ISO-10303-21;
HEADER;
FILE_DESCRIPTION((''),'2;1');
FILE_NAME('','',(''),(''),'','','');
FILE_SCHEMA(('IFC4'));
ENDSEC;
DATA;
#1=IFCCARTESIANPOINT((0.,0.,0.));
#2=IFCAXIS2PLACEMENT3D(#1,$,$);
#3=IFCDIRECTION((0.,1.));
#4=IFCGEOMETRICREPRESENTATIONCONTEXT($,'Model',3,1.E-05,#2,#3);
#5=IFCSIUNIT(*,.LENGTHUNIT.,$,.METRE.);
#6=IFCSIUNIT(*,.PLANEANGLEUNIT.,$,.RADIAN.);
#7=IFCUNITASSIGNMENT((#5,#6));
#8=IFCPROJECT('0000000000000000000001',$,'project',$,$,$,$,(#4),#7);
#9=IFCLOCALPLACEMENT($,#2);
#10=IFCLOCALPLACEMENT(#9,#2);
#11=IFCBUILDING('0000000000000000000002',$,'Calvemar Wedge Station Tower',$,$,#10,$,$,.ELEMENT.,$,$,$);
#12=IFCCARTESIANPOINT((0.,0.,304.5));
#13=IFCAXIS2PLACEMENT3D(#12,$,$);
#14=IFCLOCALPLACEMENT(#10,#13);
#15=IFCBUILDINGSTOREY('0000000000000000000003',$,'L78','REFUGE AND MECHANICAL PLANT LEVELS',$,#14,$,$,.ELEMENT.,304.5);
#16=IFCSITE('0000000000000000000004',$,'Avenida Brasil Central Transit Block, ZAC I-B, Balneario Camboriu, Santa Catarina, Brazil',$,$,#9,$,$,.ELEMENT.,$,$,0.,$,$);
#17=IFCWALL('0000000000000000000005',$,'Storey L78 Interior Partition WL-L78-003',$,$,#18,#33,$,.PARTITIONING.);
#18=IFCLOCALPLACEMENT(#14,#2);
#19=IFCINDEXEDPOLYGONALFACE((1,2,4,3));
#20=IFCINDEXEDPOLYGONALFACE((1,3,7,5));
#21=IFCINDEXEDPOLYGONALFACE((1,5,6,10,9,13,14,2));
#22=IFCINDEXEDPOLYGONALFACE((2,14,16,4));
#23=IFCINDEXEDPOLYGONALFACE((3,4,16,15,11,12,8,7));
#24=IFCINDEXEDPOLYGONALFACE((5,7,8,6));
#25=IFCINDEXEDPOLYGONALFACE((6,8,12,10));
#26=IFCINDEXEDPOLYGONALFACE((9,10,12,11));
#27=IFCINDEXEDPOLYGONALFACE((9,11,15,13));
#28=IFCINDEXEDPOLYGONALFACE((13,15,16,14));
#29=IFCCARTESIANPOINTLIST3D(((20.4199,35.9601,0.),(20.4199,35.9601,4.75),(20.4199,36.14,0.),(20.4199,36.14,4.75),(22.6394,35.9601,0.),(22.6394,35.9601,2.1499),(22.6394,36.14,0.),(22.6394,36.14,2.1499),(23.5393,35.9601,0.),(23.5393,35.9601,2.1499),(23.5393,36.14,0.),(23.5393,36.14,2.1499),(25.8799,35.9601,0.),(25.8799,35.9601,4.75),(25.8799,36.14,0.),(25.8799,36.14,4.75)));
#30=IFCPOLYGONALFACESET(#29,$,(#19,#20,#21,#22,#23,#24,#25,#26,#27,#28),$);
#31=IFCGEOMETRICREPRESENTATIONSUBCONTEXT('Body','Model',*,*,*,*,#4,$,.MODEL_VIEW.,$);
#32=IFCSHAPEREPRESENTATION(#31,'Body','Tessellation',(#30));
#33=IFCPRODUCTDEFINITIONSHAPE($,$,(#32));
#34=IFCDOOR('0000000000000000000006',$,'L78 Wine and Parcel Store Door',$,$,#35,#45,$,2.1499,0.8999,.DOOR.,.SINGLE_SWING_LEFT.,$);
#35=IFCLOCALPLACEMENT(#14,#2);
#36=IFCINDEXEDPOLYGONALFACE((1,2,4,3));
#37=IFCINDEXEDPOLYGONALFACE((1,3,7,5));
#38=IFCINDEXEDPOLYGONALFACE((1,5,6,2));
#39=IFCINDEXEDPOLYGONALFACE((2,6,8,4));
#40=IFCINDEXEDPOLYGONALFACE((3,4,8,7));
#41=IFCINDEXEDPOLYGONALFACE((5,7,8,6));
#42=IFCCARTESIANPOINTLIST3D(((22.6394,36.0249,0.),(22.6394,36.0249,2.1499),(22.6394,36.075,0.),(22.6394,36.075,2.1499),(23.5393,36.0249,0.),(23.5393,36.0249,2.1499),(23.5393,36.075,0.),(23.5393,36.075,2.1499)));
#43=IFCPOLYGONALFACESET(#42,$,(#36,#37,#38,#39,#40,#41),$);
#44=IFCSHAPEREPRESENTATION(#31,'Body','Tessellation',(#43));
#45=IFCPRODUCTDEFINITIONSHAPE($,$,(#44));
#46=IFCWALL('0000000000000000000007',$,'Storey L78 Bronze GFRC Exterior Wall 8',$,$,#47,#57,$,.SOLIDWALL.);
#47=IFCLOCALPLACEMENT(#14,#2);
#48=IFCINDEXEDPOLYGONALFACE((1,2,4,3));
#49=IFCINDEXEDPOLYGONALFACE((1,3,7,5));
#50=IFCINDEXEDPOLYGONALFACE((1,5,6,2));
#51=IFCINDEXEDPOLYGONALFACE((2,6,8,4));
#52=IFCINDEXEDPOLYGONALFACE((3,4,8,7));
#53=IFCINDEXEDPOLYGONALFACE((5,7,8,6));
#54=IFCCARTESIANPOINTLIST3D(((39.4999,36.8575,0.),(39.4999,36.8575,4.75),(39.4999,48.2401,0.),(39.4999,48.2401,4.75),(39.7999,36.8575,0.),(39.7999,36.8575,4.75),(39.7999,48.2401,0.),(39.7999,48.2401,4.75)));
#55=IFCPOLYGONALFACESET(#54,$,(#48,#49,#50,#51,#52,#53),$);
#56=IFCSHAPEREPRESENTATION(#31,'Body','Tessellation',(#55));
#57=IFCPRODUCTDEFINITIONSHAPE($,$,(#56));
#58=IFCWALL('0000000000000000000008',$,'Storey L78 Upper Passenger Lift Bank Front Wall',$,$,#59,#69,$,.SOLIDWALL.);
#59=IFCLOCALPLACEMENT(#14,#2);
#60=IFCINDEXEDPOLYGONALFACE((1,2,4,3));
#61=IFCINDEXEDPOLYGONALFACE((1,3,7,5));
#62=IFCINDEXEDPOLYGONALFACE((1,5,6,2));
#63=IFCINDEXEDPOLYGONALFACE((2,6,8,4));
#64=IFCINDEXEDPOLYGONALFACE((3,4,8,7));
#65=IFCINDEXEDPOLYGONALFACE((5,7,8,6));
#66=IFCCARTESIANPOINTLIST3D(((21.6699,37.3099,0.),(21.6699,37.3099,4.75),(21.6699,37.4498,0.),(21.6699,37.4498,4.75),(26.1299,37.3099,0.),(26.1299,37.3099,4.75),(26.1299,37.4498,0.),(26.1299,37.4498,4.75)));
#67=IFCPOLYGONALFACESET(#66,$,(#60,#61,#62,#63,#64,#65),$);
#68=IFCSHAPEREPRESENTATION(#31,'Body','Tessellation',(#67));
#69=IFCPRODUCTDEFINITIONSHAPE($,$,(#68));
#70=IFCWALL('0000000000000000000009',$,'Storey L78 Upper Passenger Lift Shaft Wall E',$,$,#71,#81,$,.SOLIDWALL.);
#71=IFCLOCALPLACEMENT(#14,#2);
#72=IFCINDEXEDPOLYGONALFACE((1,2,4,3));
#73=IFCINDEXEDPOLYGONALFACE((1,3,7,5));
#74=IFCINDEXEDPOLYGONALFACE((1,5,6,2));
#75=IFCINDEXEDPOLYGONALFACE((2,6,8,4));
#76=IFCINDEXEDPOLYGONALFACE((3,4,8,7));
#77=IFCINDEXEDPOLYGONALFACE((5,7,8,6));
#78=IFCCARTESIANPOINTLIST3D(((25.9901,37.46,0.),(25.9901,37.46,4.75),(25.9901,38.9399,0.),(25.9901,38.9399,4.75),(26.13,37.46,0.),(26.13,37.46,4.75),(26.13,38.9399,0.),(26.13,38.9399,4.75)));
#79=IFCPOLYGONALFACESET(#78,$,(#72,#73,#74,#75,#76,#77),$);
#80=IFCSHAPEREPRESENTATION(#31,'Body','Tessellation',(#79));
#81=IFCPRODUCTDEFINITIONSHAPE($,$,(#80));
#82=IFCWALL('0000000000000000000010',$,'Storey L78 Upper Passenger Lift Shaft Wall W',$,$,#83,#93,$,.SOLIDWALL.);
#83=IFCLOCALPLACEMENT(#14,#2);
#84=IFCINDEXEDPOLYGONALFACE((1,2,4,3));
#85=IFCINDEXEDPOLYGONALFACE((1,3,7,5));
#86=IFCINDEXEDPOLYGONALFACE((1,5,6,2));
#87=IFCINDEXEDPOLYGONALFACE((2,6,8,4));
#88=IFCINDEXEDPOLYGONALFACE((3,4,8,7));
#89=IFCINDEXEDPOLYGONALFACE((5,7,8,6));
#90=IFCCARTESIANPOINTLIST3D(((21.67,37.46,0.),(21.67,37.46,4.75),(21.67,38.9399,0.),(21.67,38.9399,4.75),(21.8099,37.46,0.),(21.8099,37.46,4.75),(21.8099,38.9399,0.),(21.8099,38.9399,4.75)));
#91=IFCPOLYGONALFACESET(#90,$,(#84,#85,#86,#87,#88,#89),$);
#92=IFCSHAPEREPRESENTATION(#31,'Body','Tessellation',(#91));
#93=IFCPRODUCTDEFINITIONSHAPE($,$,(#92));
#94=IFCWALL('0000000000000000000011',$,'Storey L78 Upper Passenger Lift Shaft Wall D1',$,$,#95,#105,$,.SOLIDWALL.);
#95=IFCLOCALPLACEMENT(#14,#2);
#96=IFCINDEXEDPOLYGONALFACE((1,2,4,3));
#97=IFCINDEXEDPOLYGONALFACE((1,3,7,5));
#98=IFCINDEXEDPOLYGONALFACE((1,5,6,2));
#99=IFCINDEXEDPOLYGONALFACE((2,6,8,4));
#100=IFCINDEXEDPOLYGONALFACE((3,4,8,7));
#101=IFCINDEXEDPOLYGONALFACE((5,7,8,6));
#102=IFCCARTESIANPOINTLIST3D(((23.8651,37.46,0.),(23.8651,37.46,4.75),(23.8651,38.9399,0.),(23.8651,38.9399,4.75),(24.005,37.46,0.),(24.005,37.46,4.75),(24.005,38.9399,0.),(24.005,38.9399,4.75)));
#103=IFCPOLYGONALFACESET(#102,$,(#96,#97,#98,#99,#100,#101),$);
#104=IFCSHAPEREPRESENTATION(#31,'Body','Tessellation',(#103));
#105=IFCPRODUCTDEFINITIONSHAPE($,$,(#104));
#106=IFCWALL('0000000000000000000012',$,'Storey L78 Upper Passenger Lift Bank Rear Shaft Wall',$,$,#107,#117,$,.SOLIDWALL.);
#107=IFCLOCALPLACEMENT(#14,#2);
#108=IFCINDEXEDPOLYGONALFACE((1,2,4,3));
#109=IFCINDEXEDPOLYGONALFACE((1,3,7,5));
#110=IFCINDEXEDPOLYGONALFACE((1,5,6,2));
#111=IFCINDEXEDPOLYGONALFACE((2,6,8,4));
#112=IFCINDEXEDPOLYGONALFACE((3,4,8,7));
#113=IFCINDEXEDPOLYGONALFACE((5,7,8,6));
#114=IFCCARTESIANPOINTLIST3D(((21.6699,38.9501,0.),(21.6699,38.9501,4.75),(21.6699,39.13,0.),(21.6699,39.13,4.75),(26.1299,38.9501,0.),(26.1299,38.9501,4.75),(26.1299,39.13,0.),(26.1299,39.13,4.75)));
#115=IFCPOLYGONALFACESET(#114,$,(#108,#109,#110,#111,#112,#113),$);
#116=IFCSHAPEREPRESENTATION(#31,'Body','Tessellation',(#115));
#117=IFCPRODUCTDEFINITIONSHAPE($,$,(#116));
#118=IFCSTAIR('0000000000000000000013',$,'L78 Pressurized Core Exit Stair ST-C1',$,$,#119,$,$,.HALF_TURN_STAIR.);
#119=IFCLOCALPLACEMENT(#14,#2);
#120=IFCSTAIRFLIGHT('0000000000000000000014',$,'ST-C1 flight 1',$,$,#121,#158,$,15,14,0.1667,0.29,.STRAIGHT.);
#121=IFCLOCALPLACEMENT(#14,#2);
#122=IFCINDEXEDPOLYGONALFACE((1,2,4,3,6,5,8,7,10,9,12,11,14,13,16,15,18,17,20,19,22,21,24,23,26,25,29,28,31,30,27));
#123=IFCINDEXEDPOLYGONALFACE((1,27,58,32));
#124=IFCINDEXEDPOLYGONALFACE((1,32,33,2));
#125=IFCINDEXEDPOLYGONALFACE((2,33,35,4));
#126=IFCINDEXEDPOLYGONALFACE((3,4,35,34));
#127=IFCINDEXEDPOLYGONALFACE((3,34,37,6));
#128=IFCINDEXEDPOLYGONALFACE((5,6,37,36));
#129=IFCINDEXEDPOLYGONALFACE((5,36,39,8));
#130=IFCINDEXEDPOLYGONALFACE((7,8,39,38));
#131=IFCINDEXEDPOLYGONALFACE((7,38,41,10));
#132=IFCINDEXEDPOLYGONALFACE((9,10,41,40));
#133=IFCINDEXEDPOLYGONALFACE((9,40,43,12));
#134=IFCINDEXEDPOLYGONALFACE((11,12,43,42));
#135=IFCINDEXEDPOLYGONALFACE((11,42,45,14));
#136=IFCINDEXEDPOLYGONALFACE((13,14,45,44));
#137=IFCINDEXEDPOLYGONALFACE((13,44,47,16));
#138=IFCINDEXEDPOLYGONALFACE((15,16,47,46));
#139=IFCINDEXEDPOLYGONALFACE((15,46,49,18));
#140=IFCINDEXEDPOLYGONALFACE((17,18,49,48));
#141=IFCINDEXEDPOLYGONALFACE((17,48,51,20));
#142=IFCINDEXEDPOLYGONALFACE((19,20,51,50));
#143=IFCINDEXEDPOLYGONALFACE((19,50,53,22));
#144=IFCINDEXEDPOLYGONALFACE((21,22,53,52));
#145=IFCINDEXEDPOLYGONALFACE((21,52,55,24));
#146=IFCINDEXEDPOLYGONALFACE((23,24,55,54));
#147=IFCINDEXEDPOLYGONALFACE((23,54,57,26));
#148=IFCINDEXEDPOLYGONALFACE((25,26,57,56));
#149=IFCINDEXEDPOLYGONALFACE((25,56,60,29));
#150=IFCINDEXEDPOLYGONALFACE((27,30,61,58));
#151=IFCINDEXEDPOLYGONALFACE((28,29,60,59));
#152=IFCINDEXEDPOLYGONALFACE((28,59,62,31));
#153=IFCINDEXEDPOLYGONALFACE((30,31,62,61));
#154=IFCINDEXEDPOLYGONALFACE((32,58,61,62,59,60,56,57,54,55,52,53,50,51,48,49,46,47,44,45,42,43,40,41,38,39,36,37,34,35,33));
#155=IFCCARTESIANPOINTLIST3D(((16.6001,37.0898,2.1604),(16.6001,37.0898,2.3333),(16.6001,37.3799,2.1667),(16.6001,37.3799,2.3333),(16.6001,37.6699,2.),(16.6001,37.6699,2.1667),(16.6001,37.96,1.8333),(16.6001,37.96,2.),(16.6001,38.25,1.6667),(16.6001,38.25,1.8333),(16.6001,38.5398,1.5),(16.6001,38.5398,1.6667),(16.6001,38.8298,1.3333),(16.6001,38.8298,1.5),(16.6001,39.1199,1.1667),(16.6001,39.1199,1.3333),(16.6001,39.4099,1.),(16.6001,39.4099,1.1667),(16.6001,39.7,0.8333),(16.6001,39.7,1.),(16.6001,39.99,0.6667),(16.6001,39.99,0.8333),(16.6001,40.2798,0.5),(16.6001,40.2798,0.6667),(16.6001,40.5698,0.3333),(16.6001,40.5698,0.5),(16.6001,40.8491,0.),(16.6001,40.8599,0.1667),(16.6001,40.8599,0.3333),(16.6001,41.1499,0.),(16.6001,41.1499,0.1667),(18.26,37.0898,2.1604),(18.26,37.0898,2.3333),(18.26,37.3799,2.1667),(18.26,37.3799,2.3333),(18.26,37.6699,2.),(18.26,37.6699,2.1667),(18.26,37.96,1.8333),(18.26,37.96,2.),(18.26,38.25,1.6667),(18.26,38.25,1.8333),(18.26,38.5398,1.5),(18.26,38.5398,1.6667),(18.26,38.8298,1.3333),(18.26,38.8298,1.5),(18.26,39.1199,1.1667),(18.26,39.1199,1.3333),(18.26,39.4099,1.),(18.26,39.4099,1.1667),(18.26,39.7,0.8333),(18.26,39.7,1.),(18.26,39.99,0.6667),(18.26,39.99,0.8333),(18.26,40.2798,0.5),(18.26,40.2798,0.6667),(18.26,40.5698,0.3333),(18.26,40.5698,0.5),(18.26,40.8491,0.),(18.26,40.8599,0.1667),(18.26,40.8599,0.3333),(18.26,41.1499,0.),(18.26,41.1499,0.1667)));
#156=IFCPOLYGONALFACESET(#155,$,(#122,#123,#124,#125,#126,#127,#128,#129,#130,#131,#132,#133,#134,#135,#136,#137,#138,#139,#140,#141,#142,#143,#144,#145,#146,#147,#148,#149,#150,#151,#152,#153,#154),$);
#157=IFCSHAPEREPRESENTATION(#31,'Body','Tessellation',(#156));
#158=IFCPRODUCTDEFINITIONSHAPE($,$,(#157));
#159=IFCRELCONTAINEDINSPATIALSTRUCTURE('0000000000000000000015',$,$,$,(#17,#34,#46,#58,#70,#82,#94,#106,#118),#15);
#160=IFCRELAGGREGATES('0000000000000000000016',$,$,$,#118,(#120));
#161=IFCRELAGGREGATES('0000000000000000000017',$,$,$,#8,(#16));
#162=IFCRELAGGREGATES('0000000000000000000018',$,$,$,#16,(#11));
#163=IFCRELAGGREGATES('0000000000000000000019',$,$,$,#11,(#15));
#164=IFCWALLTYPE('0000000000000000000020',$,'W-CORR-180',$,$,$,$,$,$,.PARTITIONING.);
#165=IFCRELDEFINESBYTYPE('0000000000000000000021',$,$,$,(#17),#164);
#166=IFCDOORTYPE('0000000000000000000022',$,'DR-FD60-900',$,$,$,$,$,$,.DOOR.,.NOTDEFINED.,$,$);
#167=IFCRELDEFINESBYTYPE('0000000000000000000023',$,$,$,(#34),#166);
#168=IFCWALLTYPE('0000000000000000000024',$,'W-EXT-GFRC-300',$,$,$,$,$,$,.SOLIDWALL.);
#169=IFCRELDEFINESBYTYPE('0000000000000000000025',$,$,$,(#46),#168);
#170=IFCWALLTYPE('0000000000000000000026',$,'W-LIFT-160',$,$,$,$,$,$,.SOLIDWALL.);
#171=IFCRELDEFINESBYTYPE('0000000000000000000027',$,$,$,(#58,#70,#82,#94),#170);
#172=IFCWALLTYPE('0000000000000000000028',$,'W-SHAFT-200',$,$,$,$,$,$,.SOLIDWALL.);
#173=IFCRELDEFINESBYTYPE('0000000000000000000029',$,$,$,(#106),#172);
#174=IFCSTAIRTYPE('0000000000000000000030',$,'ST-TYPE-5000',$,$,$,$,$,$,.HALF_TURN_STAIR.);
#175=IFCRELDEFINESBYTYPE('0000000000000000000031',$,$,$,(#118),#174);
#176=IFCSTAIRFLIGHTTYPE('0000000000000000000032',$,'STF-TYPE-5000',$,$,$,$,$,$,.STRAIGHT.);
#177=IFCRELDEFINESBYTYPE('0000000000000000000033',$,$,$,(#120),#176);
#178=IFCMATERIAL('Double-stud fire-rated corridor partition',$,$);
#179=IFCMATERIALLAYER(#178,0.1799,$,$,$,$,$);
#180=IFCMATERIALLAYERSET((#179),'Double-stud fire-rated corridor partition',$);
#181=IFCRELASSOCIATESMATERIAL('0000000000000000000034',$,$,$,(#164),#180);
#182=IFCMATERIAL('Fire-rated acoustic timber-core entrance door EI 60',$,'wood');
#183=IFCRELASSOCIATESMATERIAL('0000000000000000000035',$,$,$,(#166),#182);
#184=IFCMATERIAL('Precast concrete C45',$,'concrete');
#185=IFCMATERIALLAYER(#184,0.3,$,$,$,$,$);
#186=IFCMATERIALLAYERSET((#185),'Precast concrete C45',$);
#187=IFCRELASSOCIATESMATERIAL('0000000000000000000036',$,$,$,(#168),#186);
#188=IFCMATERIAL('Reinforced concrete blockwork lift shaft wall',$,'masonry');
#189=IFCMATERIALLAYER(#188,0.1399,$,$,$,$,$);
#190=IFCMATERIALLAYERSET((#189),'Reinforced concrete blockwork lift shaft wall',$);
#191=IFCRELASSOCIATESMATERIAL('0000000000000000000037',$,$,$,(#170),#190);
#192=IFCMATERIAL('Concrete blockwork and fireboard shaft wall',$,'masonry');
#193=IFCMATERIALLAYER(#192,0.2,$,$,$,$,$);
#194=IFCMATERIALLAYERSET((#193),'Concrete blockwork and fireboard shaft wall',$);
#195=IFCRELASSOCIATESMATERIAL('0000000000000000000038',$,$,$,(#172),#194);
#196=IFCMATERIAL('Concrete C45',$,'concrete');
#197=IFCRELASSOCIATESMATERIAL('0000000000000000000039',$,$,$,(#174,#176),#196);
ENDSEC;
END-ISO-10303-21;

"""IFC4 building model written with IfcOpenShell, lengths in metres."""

from ifc_helpers import new_model, si_unit, direction, frame, frame_2d, origin, place, context, subcontext, project, spatial, polyline, rectangle, outline, extrude, source, transform, mapped, material, layer, layer_set, type_object, element, fill, aggregate, save


model = new_model("IFC4")

# Units and contexts
model_context = context("Model", 3, precision=1e-05, world=origin(), true_north=direction((0.0, 1.0)))
body_context = subcontext(model_context, "Body", "Model", "MODEL_VIEW")
ifc_project = project(units=[si_unit("LENGTHUNIT", "METRE"), si_unit("PLANEANGLEUNIT", "RADIAN")], contexts=[model_context])

# Site, building, storey
site_placement = place(None, origin())
site = spatial("IfcSite", under=ifc_project, at=site_placement, Name="Avenida Brasil Central Transit Block, ZAC I-B, Balneario Camboriu, Santa Catarina, Brazil", CompositionType="ELEMENT", RefElevation=0.0)
building_placement = place(site_placement, origin())
building = spatial("IfcBuilding", under=site, at=building_placement, Name="Calvemar Wedge Station Tower", CompositionType="ELEMENT")
storey_placement = place(building_placement, frame((0.0, 0.0, 304.5)))
storey = spatial("IfcBuildingStorey", under=building, at=storey_placement, Name="L78", Description="REFUGE AND MECHANICAL PLANT LEVELS", CompositionType="ELEMENT", Elevation=304.5)

# Shared definitions
ifc_material_1 = material(Name="Double-stud fire-rated corridor partition")
ifc_layer_1 = layer(ifc_material_1, 0.1799)
ifc_layer_set_1 = layer_set([ifc_layer_1], Name="Double-stud fire-rated corridor partition")
wall_type_1 = type_object("IfcWallType", Name="W-CORR-180", PredefinedType="PARTITIONING", material=ifc_layer_set_1)

# Wall, opening, door
shared_shape_1 = source(origin(), body_context, "Body", "SweptSolid", [
    extrude(rectangle(XDim=0.8999, YDim=2.1499, at=frame_2d((0.45, 1.075))), frame((0.0, 0.1001, 0.0), z_axis=(0.0, -1.0, 0.0), x_axis=(1.0, 0.0, 0.0)), (0.0, 0.0, 1.0), 0.2),
])
ifc_material_2 = material(Name="Fire-rated acoustic timber-core entrance door EI 60", Category="wood")
door_type = type_object("IfcDoorType", Name="DR-FD60-900", OperationType="NOTDEFINED", PredefinedType="DOOR", material=ifc_material_2)
shared_shape_2 = source(origin(), body_context, "Body", "SweptSolid", [
    extrude(rectangle(XDim=0.8999, YDim=2.1499, at=frame_2d((0.45, 1.075))), frame((0.0, 0.0249, 0.0), z_axis=(0.0, -1.0, 0.0), x_axis=(1.0, 0.0, 0.0)), (0.0, 0.0, 1.0), 0.05),
])
wall_1_placement = place(storey_placement, frame((20.4199, 36.05, 0.0), z_axis=(0.0, 0.0, 1.0), x_axis=(1.0, 0.0, 0.0)))
wall_1 = element("IfcWall", 1, at=wall_1_placement, inside=storey, type_object=wall_type_1, Name="Storey L78 Interior Partition WL-L78-003", PredefinedType="PARTITIONING", context=body_context, shape_type="SweptSolid", body=[
    extrude(rectangle(XDim=5.46, YDim=0.1799, at=frame_2d((2.73, 0.0))), origin(), (0.0, 0.0, 1.0), 4.75),
])
opening_1_placement = place(wall_1_placement, frame((2.2195, 0.0, 0.0)))
opening_1 = element("IfcOpeningElement", 2, at=opening_1_placement, cuts=wall_1, PredefinedType="OPENING", context=body_context, shape_type="MappedRepresentation", body=[
    mapped(shared_shape_1, transform((0.0, 0.0, 0.0), scale=1.0)),
])
door_1_placement = place(opening_1_placement, origin())
door_1 = element("IfcDoor", 3, at=door_1_placement, inside=storey, type_object=door_type, Name="L78 Wine and Parcel Store Door", OperationType="SINGLE_SWING_LEFT", OverallHeight=2.1499, OverallWidth=0.8999, PredefinedType="DOOR", context=body_context, shape_type="MappedRepresentation", body=[
    mapped(shared_shape_2, transform((0.0, 0.0, 0.0), scale=1.0)),
])
fill(opening_1, door_1)

# Walls
ifc_material_3 = material(Name="Precast concrete C45", Category="concrete")
ifc_layer_2 = layer(ifc_material_3, 0.3)
ifc_layer_set_2 = layer_set([ifc_layer_2], Name="Precast concrete C45")
wall_type_2 = type_object("IfcWallType", Name="W-EXT-GFRC-300", PredefinedType="SOLIDWALL", material=ifc_layer_set_2)
wall_2_placement = place(storey_placement, frame((39.6499, 36.8574, 0.0), z_axis=(0.0, 0.0, 1.0), x_axis=(0.0, 1.0, 0.0)))
element("IfcWall", 4, at=wall_2_placement, inside=storey, type_object=wall_type_2, Name="Storey L78 Bronze GFRC Exterior Wall 8", PredefinedType="SOLIDWALL", context=body_context, shape_type="SweptSolid", body=[
    extrude(rectangle(XDim=11.3826, YDim=0.3, at=frame_2d((5.6914, 0.0))), origin(), (0.0, 0.0, 1.0), 4.75),
])
ifc_material_4 = material(Name="Reinforced concrete blockwork lift shaft wall", Category="masonry")
ifc_layer_3 = layer(ifc_material_4, 0.1399)
ifc_layer_set_3 = layer_set([ifc_layer_3], Name="Reinforced concrete blockwork lift shaft wall")
wall_type_3 = type_object("IfcWallType", Name="W-LIFT-160", PredefinedType="SOLIDWALL", material=ifc_layer_set_3)
wall_3_placement = place(storey_placement, frame((21.6699, 37.3799, 0.0), z_axis=(0.0, 0.0, 1.0), x_axis=(1.0, 0.0, 0.0)))
element("IfcWall", 5, at=wall_3_placement, inside=storey, type_object=wall_type_3, Name="Storey L78 Upper Passenger Lift Bank Front Wall", PredefinedType="SOLIDWALL", context=body_context, shape_type="SweptSolid", body=[
    extrude(rectangle(XDim=4.46, YDim=0.1399, at=frame_2d((2.23, 0.0))), origin(), (0.0, 0.0, 1.0), 4.75),
])
for number, where, z_axis, x_axis, name in (
    (6, (26.0601, 37.46, 0.0), (0.0, 0.0, 1.0), (0.0, 1.0, 0.0), "Storey L78 Upper Passenger Lift Shaft Wall E"),
    (7, (21.74, 37.46, 0.0), (0.0, 0.0, 1.0), (0.0, 1.0, 0.0), "Storey L78 Upper Passenger Lift Shaft Wall W"),
    (8, (23.9351, 37.46, 0.0), (0.0, 0.0, 1.0), (0.0, 1.0, 0.0), "Storey L78 Upper Passenger Lift Shaft Wall D1"),
):
    element("IfcWall", number, at=place(storey_placement, frame(where, z_axis=z_axis, x_axis=x_axis)), inside=storey, type_object=wall_type_3, Name=name, PredefinedType="SOLIDWALL", context=body_context, shape_type="SweptSolid", body=[
        extrude(rectangle(XDim=1.48, YDim=0.1399, at=frame_2d((0.74, 0.0))), origin(), (0.0, 0.0, 1.0), 4.75),
    ])
ifc_material_5 = material(Name="Concrete blockwork and fireboard shaft wall", Category="masonry")
ifc_layer_4 = layer(ifc_material_5, 0.2)
ifc_layer_set_4 = layer_set([ifc_layer_4], Name="Concrete blockwork and fireboard shaft wall")
wall_type_4 = type_object("IfcWallType", Name="W-SHAFT-200", PredefinedType="SOLIDWALL", material=ifc_layer_set_4)
wall_4_placement = place(storey_placement, frame((21.6699, 39.04, 0.0), z_axis=(0.0, 0.0, 1.0), x_axis=(1.0, 0.0, 0.0)))
element("IfcWall", 9, at=wall_4_placement, inside=storey, type_object=wall_type_4, Name="Storey L78 Upper Passenger Lift Bank Rear Shaft Wall", PredefinedType="SOLIDWALL", context=body_context, shape_type="SweptSolid", body=[
    extrude(rectangle(XDim=4.46, YDim=0.1799, at=frame_2d((2.23, 0.0))), origin(), (0.0, 0.0, 1.0), 4.75),
])

# Stair, stair flight
ifc_material_6 = material(Name="Concrete C45", Category="concrete")
stair_type = type_object("IfcStairType", Name="ST-TYPE-5000", PredefinedType="HALF_TURN_STAIR", material=ifc_material_6)
stair_1_placement = place(storey_placement, origin())
stair_1 = element("IfcStair", 10, at=stair_1_placement, inside=storey, type_object=stair_type, Name="L78 Pressurized Core Exit Stair ST-C1", PredefinedType="HALF_TURN_STAIR")
stair_flight_type = type_object("IfcStairFlightType", Name="STF-TYPE-5000", PredefinedType="STRAIGHT", material=ifc_material_6)
stair_flight_1_placement = place(storey_placement, frame((17.4299, 41.1499, 0.0), z_axis=(0.0, 0.0, 1.0), x_axis=(0.0, -1.0, 0.0)))
stair_flight_1 = element("IfcStairFlight", 11, at=stair_flight_1_placement, type_object=stair_flight_type, Name="ST-C1 flight 1", NumberOfRisers=15, NumberOfTreads=14, PredefinedType="STRAIGHT", RiserHeight=0.1667, TreadLength=0.29, context=body_context, shape_type="SweptSolid", body=[
    extrude(outline(polyline([(0.0, 0.0), (0.0, 0.1667), (0.29, 0.1667), (0.29, 0.3333), (0.5801, 0.3333), (0.5801, 0.5), (0.8701, 0.5), (0.8701, 0.6667), (1.1599, 0.6667), (1.1599, 0.8333), (1.45, 0.8333), (1.45, 1.0), (1.74, 1.0), (1.74, 1.1667), (2.03, 1.1667), (2.03, 1.3333), (2.3201, 1.3333), (2.3201, 1.5), (2.6101, 1.5), (2.6101, 1.6667), (2.8999, 1.6667), (2.8999, 1.8333), (3.1899, 1.8333), (3.1899, 2.0), (3.48, 2.0), (3.48, 2.1667), (3.77, 2.1667), (3.77, 2.3333), (4.0601, 2.3333), (4.0601, 2.5), (4.0601, 2.1604), (0.3008, 0.0), (0.0, 0.0)])), frame((0.0, 0.8301, 0.0), z_axis=(0.0, -1.0, 0.0), x_axis=(1.0, 0.0, 0.0)), (0.0, 0.0, 1.0), 1.6599),
])
aggregate(stair_1, [stair_flight_1])

save(model, "model.ifc")
